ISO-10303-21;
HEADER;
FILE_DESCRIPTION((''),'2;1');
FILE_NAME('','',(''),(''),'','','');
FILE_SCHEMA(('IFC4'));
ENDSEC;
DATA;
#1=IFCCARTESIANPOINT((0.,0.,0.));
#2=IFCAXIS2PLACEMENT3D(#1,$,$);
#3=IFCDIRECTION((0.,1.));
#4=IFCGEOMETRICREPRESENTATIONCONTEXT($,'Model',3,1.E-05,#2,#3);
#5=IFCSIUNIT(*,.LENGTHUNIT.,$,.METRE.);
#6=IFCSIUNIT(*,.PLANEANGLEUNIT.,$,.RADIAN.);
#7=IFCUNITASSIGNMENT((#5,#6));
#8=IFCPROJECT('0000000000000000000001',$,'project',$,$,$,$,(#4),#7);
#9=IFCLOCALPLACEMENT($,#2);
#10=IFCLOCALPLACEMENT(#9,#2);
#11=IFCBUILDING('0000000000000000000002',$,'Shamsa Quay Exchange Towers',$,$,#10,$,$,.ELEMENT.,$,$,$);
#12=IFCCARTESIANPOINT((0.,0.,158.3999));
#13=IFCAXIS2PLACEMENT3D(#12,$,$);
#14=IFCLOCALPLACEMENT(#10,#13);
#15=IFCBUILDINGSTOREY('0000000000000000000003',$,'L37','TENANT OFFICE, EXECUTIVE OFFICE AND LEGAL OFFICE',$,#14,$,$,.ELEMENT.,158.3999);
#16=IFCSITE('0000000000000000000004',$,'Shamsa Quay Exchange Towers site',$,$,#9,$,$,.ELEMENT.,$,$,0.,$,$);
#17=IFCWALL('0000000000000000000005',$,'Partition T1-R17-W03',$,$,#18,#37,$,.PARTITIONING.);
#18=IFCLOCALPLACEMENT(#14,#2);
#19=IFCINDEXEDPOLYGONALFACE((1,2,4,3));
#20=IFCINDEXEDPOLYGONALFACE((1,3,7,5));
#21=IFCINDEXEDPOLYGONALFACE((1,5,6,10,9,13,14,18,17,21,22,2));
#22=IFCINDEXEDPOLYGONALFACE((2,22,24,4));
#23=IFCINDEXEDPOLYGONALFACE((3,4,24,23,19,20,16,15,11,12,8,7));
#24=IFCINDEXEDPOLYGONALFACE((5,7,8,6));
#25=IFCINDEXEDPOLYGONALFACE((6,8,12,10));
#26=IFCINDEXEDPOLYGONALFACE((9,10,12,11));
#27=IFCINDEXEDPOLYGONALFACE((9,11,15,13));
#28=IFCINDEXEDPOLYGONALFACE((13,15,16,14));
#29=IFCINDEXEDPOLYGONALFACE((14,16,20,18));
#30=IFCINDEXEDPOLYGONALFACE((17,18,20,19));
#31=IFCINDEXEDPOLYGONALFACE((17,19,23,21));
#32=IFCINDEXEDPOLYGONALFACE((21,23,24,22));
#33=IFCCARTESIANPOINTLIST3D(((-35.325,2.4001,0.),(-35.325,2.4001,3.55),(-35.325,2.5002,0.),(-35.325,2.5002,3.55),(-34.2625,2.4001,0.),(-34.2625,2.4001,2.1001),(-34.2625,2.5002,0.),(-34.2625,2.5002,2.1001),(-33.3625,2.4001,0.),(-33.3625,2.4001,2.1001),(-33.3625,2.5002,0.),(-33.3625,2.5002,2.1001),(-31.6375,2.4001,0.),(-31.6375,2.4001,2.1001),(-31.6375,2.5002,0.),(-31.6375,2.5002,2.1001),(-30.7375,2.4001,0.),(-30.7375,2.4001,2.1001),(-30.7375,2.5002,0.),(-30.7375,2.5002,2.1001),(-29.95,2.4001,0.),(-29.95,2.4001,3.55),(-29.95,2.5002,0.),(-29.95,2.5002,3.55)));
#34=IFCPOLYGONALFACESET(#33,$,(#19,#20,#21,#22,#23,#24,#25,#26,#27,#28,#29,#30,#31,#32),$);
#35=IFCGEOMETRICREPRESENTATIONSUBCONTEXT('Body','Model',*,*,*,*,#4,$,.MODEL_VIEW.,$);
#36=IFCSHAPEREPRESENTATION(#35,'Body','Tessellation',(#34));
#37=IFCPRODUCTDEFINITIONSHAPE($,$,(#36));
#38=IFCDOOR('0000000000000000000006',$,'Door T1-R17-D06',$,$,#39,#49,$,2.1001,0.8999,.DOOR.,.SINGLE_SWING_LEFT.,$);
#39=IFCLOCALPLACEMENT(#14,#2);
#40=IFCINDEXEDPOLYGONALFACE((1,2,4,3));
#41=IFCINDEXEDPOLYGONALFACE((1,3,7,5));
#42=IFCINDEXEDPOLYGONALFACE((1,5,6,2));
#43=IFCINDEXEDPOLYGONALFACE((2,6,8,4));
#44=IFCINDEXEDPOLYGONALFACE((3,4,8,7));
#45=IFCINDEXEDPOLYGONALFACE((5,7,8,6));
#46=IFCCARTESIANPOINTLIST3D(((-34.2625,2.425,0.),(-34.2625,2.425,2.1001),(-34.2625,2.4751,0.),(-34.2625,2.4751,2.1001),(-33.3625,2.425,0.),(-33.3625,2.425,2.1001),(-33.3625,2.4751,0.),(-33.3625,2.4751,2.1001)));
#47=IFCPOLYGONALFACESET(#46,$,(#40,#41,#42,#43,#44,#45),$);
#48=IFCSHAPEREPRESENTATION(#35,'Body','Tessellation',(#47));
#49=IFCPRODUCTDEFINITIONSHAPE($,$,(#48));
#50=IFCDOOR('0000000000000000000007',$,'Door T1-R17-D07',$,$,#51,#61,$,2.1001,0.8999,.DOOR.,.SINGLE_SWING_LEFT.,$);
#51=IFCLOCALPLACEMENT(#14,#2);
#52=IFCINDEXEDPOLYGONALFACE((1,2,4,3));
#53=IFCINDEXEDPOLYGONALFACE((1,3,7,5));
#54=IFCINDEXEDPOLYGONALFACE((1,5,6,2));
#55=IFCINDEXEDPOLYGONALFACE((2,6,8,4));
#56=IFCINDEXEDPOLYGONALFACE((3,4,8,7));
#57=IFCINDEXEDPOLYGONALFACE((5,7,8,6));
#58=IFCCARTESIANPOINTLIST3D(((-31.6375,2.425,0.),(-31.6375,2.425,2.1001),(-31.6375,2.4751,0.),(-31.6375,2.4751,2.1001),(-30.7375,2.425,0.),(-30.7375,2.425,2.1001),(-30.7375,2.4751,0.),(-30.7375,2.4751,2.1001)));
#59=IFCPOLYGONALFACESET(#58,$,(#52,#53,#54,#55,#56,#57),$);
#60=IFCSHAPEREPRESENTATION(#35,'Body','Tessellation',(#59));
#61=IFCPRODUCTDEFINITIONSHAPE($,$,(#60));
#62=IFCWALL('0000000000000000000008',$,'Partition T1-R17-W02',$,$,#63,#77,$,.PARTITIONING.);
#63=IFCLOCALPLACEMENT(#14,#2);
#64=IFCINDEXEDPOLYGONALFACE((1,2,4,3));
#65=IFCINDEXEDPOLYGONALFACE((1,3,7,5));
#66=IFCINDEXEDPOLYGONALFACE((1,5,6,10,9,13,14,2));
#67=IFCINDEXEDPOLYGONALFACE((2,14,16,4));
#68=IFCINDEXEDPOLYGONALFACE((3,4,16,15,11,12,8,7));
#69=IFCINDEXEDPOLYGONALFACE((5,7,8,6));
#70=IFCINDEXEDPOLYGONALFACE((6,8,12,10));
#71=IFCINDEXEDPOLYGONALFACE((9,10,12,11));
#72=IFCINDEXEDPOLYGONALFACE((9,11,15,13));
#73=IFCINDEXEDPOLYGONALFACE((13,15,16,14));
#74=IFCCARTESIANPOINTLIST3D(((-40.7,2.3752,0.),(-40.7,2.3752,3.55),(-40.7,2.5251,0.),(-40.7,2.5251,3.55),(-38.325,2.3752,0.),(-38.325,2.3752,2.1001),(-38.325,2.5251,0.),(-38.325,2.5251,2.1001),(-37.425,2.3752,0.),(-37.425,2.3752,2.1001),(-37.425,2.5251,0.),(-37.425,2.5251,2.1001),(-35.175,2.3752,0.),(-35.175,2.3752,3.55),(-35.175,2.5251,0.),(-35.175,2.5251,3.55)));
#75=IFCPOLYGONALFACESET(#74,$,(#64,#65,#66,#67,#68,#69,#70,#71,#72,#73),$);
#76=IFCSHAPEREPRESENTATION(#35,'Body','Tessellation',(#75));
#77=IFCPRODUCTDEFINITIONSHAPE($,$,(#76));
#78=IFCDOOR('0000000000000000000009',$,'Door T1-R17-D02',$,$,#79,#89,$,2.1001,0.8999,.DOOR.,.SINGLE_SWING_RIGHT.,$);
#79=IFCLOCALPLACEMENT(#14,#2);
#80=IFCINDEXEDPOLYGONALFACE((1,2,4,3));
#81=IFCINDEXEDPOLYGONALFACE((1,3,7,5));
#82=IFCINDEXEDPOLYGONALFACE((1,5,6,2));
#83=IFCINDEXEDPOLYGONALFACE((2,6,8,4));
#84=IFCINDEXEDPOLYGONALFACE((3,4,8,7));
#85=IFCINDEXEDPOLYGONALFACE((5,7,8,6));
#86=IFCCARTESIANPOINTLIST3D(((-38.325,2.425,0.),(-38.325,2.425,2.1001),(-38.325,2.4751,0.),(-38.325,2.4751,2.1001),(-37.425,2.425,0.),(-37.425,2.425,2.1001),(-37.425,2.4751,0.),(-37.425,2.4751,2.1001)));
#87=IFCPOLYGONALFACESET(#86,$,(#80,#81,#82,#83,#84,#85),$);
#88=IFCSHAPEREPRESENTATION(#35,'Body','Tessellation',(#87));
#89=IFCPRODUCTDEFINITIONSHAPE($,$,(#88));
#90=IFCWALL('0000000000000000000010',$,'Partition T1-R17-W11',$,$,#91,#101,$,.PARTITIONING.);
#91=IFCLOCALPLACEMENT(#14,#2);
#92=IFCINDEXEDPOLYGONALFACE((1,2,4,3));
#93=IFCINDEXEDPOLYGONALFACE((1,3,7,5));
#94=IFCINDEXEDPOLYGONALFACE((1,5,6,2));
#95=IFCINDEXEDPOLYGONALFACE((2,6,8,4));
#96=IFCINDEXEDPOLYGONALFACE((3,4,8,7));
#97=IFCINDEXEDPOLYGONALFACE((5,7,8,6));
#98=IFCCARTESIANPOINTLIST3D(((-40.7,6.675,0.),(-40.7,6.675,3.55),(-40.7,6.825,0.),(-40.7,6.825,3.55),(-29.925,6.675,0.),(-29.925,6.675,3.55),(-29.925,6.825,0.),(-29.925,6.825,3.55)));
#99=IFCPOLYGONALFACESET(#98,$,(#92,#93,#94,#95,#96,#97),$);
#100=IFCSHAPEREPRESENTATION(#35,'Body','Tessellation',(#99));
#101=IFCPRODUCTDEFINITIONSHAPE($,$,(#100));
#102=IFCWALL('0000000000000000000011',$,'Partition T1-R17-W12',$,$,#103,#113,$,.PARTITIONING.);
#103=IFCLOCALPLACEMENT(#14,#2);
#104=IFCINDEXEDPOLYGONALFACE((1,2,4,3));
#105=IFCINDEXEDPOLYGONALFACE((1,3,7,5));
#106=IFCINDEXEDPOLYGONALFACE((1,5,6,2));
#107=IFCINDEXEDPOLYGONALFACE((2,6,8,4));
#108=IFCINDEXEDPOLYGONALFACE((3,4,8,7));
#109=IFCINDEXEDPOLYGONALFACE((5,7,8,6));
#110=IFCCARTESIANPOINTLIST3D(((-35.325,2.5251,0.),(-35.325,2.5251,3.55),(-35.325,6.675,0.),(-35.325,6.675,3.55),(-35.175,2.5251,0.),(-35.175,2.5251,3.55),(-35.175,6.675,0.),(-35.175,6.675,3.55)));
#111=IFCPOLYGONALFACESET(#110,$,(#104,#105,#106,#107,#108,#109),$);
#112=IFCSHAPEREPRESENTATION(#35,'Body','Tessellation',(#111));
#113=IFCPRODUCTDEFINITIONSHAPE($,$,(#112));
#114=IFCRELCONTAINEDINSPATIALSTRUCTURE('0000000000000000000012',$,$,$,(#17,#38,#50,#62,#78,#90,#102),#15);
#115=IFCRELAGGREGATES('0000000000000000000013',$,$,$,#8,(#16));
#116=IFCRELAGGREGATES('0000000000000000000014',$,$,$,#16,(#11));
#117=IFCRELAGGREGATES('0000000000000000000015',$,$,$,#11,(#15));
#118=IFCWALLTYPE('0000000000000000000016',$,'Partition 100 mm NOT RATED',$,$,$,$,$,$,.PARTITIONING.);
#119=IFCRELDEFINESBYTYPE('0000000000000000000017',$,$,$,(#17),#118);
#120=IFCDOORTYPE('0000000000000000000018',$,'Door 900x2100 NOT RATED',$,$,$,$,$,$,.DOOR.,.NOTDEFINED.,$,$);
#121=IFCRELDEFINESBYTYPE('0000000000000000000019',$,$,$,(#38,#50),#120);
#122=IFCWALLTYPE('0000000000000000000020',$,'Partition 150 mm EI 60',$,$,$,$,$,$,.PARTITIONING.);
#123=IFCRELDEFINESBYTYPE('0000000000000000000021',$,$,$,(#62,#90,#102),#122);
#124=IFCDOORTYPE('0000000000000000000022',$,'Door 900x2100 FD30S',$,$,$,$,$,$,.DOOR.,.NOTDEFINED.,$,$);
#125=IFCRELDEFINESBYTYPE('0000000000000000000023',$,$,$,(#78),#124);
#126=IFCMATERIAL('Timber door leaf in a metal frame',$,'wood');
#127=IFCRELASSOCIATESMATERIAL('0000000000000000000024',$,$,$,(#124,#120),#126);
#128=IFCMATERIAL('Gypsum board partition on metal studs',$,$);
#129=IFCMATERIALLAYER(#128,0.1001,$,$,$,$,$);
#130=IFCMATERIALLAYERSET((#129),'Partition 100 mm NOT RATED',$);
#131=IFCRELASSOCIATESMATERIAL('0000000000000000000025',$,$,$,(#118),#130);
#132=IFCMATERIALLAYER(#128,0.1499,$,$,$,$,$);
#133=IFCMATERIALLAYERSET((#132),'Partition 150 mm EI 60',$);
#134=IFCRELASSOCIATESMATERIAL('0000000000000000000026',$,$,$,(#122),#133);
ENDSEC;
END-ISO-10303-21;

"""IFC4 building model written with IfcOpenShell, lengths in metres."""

from ifc_helpers import new_model, si_unit, direction, frame, frame_2d, origin, place, context, subcontext, project, spatial, rectangle, extrude, material, layer, layer_set, type_object, element, fill, save


model = new_model("IFC4")

# Units and contexts
model_context = context("Model", 3, precision=1e-05, world=origin(), true_north=direction((0.0, 1.0)))
body_context = subcontext(model_context, "Body", "Model", "MODEL_VIEW")
ifc_project = project(units=[si_unit("LENGTHUNIT", "METRE"), si_unit("PLANEANGLEUNIT", "RADIAN")], contexts=[model_context])

# Site, building, storey
site_placement = place(None, origin())
site = spatial("IfcSite", under=ifc_project, at=site_placement, Name="Shamsa Quay Exchange Towers site", CompositionType="ELEMENT", RefElevation=0.0)
building_placement = place(site_placement, origin())
building = spatial("IfcBuilding", under=site, at=building_placement, Name="Shamsa Quay Exchange Towers", CompositionType="ELEMENT")
storey_placement = place(building_placement, frame((0.0, 0.0, 158.3999)))
storey = spatial("IfcBuildingStorey", under=building, at=storey_placement, Name="L37", Description="TENANT OFFICE, EXECUTIVE OFFICE AND LEGAL OFFICE", CompositionType="ELEMENT", Elevation=158.3999)

# Shared definitions
ifc_material_1 = material(Name="Timber door leaf in a metal frame", Category="wood")
door_type_1 = type_object("IfcDoorType", Name="Door 900x2100 FD30S", OperationType="NOTDEFINED", PredefinedType="DOOR", material=ifc_material_1)

# Wall, openings, doors
ifc_material_2 = material(Name="Gypsum board partition on metal studs")
ifc_layer_1 = layer(ifc_material_2, 0.1001)
ifc_layer_set_1 = layer_set([ifc_layer_1], Name="Partition 100 mm NOT RATED")
wall_type_1 = type_object("IfcWallType", Name="Partition 100 mm NOT RATED", PredefinedType="PARTITIONING", material=ifc_layer_set_1)
wall_1_placement = place(storey_placement, frame((-35.325, 2.4502, 0.0)))
wall_1 = element("IfcWall", 1, at=wall_1_placement, inside=storey, type_object=wall_type_1, Name="Partition T1-R17-W03", PredefinedType="PARTITIONING", context=body_context, shape_type="SweptSolid", body=[
    extrude(rectangle(XDim=5.375, YDim=0.1001, at=frame_2d((2.6875, 0.0))), origin(), (0.0, 0.0, 1.0), 3.55),
])
opening_1_placement = place(wall_1_placement, frame((1.0625, 0.0, 0.0)))
opening_1 = element("IfcOpeningElement", 2, at=opening_1_placement, cuts=wall_1, PredefinedType="OPENING", context=body_context, shape_type="SweptSolid", body=[
    extrude(rectangle(XDim=0.8999, YDim=2.1001, at=frame_2d((0.45, 1.05))), frame((0.0, 0.0601, 0.0), z_axis=(0.0, -1.0, 0.0), x_axis=(1.0, 0.0, 0.0)), (0.0, 0.0, 1.0), 0.1201),
])
opening_2_placement = place(wall_1_placement, frame((3.6875, 0.0, 0.0)))
opening_2 = element("IfcOpeningElement", 3, at=opening_2_placement, cuts=wall_1, PredefinedType="OPENING", context=body_context, shape_type="SweptSolid", body=[
    extrude(rectangle(XDim=0.8999, YDim=2.1001, at=frame_2d((0.45, 1.05))), frame((0.0, 0.0601, 0.0), z_axis=(0.0, -1.0, 0.0), x_axis=(1.0, 0.0, 0.0)), (0.0, 0.0, 1.0), 0.1201),
])
door_type_2 = type_object("IfcDoorType", Name="Door 900x2100 NOT RATED", OperationType="NOTDEFINED", PredefinedType="DOOR", material=ifc_material_1)
door_1_placement = place(opening_1_placement, origin())
door_1 = element("IfcDoor", 4, at=door_1_placement, inside=storey, type_object=door_type_2, Name="Door T1-R17-D06", OperationType="SINGLE_SWING_LEFT", OverallHeight=2.1001, OverallWidth=0.8999, PredefinedType="DOOR", context=body_context, shape_type="SweptSolid", body=[
    extrude(rectangle(XDim=0.8999, YDim=2.1001, at=frame_2d((0.45, 1.05))), frame((0.0, 0.0249, 0.0), z_axis=(0.0, -1.0, 0.0), x_axis=(1.0, 0.0, 0.0)), (0.0, 0.0, 1.0), 0.05),
])
fill(opening_1, door_1)
door_2_placement = place(opening_2_placement, origin())
door_2 = element("IfcDoor", 5, at=door_2_placement, inside=storey, type_object=door_type_2, Name="Door T1-R17-D07", OperationType="SINGLE_SWING_LEFT", OverallHeight=2.1001, OverallWidth=0.8999, PredefinedType="DOOR", context=body_context, shape_type="SweptSolid", body=[
    extrude(rectangle(XDim=0.8999, YDim=2.1001, at=frame_2d((0.45, 1.05))), frame((0.0, 0.0249, 0.0), z_axis=(0.0, -1.0, 0.0), x_axis=(1.0, 0.0, 0.0)), (0.0, 0.0, 1.0), 0.05),
])
fill(opening_2, door_2)

# Wall, opening, door
ifc_layer_2 = layer(ifc_material_2, 0.1499)
ifc_layer_set_2 = layer_set([ifc_layer_2], Name="Partition 150 mm EI 60")
wall_type_2 = type_object("IfcWallType", Name="Partition 150 mm EI 60", PredefinedType="PARTITIONING", material=ifc_layer_set_2)
wall_2_placement = place(storey_placement, frame((-40.7, 2.4502, 0.0)))
wall_2 = element("IfcWall", 6, at=wall_2_placement, inside=storey, type_object=wall_type_2, Name="Partition T1-R17-W02", PredefinedType="PARTITIONING", context=body_context, shape_type="SweptSolid", body=[
    extrude(rectangle(XDim=5.5249, YDim=0.1499, at=frame_2d((2.7625, 0.0))), origin(), (0.0, 0.0, 1.0), 3.55),
])
opening_3_placement = place(wall_2_placement, frame((2.375, 0.0, 0.0)))
opening_3 = element("IfcOpeningElement", 7, at=opening_3_placement, cuts=wall_2, PredefinedType="OPENING", context=body_context, shape_type="SweptSolid", body=[
    extrude(rectangle(XDim=0.8999, YDim=2.1001, at=frame_2d((0.45, 1.05))), frame((0.0, 0.085, 0.0), z_axis=(0.0, -1.0, 0.0), x_axis=(1.0, 0.0, 0.0)), (0.0, 0.0, 1.0), 0.1699),
])
door_3_placement = place(opening_3_placement, origin())
door_3 = element("IfcDoor", 8, at=door_3_placement, inside=storey, type_object=door_type_1, Name="Door T1-R17-D02", OperationType="SINGLE_SWING_RIGHT", OverallHeight=2.1001, OverallWidth=0.8999, PredefinedType="DOOR", context=body_context, shape_type="SweptSolid", body=[
    extrude(rectangle(XDim=0.8999, YDim=2.1001, at=frame_2d((0.45, 1.05))), frame((0.0, 0.0249, 0.0), z_axis=(0.0, -1.0, 0.0), x_axis=(1.0, 0.0, 0.0)), (0.0, 0.0, 1.0), 0.05),
])
fill(opening_3, door_3)

# Walls
wall_3_placement = place(storey_placement, frame((-40.7, 6.75, 0.0)))
element("IfcWall", 9, at=wall_3_placement, inside=storey, type_object=wall_type_2, Name="Partition T1-R17-W11", PredefinedType="PARTITIONING", context=body_context, shape_type="SweptSolid", body=[
    extrude(rectangle(XDim=10.7749, YDim=0.1499, at=frame_2d((5.3875, 0.0))), origin(), (0.0, 0.0, 1.0), 3.55),
])
wall_4_placement = place(storey_placement, frame((-35.25, 2.5251, 0.0), z_axis=(0.0, 0.0, 1.0), x_axis=(0.0, 1.0, 0.0)))
element("IfcWall", 10, at=wall_4_placement, inside=storey, type_object=wall_type_2, Name="Partition T1-R17-W12", PredefinedType="PARTITIONING", context=body_context, shape_type="SweptSolid", body=[
    extrude(rectangle(XDim=4.1499, YDim=0.1499, at=frame_2d((2.075, 0.0))), origin(), (0.0, 0.0, 1.0), 3.55),
])

save(model, "model.ifc")
